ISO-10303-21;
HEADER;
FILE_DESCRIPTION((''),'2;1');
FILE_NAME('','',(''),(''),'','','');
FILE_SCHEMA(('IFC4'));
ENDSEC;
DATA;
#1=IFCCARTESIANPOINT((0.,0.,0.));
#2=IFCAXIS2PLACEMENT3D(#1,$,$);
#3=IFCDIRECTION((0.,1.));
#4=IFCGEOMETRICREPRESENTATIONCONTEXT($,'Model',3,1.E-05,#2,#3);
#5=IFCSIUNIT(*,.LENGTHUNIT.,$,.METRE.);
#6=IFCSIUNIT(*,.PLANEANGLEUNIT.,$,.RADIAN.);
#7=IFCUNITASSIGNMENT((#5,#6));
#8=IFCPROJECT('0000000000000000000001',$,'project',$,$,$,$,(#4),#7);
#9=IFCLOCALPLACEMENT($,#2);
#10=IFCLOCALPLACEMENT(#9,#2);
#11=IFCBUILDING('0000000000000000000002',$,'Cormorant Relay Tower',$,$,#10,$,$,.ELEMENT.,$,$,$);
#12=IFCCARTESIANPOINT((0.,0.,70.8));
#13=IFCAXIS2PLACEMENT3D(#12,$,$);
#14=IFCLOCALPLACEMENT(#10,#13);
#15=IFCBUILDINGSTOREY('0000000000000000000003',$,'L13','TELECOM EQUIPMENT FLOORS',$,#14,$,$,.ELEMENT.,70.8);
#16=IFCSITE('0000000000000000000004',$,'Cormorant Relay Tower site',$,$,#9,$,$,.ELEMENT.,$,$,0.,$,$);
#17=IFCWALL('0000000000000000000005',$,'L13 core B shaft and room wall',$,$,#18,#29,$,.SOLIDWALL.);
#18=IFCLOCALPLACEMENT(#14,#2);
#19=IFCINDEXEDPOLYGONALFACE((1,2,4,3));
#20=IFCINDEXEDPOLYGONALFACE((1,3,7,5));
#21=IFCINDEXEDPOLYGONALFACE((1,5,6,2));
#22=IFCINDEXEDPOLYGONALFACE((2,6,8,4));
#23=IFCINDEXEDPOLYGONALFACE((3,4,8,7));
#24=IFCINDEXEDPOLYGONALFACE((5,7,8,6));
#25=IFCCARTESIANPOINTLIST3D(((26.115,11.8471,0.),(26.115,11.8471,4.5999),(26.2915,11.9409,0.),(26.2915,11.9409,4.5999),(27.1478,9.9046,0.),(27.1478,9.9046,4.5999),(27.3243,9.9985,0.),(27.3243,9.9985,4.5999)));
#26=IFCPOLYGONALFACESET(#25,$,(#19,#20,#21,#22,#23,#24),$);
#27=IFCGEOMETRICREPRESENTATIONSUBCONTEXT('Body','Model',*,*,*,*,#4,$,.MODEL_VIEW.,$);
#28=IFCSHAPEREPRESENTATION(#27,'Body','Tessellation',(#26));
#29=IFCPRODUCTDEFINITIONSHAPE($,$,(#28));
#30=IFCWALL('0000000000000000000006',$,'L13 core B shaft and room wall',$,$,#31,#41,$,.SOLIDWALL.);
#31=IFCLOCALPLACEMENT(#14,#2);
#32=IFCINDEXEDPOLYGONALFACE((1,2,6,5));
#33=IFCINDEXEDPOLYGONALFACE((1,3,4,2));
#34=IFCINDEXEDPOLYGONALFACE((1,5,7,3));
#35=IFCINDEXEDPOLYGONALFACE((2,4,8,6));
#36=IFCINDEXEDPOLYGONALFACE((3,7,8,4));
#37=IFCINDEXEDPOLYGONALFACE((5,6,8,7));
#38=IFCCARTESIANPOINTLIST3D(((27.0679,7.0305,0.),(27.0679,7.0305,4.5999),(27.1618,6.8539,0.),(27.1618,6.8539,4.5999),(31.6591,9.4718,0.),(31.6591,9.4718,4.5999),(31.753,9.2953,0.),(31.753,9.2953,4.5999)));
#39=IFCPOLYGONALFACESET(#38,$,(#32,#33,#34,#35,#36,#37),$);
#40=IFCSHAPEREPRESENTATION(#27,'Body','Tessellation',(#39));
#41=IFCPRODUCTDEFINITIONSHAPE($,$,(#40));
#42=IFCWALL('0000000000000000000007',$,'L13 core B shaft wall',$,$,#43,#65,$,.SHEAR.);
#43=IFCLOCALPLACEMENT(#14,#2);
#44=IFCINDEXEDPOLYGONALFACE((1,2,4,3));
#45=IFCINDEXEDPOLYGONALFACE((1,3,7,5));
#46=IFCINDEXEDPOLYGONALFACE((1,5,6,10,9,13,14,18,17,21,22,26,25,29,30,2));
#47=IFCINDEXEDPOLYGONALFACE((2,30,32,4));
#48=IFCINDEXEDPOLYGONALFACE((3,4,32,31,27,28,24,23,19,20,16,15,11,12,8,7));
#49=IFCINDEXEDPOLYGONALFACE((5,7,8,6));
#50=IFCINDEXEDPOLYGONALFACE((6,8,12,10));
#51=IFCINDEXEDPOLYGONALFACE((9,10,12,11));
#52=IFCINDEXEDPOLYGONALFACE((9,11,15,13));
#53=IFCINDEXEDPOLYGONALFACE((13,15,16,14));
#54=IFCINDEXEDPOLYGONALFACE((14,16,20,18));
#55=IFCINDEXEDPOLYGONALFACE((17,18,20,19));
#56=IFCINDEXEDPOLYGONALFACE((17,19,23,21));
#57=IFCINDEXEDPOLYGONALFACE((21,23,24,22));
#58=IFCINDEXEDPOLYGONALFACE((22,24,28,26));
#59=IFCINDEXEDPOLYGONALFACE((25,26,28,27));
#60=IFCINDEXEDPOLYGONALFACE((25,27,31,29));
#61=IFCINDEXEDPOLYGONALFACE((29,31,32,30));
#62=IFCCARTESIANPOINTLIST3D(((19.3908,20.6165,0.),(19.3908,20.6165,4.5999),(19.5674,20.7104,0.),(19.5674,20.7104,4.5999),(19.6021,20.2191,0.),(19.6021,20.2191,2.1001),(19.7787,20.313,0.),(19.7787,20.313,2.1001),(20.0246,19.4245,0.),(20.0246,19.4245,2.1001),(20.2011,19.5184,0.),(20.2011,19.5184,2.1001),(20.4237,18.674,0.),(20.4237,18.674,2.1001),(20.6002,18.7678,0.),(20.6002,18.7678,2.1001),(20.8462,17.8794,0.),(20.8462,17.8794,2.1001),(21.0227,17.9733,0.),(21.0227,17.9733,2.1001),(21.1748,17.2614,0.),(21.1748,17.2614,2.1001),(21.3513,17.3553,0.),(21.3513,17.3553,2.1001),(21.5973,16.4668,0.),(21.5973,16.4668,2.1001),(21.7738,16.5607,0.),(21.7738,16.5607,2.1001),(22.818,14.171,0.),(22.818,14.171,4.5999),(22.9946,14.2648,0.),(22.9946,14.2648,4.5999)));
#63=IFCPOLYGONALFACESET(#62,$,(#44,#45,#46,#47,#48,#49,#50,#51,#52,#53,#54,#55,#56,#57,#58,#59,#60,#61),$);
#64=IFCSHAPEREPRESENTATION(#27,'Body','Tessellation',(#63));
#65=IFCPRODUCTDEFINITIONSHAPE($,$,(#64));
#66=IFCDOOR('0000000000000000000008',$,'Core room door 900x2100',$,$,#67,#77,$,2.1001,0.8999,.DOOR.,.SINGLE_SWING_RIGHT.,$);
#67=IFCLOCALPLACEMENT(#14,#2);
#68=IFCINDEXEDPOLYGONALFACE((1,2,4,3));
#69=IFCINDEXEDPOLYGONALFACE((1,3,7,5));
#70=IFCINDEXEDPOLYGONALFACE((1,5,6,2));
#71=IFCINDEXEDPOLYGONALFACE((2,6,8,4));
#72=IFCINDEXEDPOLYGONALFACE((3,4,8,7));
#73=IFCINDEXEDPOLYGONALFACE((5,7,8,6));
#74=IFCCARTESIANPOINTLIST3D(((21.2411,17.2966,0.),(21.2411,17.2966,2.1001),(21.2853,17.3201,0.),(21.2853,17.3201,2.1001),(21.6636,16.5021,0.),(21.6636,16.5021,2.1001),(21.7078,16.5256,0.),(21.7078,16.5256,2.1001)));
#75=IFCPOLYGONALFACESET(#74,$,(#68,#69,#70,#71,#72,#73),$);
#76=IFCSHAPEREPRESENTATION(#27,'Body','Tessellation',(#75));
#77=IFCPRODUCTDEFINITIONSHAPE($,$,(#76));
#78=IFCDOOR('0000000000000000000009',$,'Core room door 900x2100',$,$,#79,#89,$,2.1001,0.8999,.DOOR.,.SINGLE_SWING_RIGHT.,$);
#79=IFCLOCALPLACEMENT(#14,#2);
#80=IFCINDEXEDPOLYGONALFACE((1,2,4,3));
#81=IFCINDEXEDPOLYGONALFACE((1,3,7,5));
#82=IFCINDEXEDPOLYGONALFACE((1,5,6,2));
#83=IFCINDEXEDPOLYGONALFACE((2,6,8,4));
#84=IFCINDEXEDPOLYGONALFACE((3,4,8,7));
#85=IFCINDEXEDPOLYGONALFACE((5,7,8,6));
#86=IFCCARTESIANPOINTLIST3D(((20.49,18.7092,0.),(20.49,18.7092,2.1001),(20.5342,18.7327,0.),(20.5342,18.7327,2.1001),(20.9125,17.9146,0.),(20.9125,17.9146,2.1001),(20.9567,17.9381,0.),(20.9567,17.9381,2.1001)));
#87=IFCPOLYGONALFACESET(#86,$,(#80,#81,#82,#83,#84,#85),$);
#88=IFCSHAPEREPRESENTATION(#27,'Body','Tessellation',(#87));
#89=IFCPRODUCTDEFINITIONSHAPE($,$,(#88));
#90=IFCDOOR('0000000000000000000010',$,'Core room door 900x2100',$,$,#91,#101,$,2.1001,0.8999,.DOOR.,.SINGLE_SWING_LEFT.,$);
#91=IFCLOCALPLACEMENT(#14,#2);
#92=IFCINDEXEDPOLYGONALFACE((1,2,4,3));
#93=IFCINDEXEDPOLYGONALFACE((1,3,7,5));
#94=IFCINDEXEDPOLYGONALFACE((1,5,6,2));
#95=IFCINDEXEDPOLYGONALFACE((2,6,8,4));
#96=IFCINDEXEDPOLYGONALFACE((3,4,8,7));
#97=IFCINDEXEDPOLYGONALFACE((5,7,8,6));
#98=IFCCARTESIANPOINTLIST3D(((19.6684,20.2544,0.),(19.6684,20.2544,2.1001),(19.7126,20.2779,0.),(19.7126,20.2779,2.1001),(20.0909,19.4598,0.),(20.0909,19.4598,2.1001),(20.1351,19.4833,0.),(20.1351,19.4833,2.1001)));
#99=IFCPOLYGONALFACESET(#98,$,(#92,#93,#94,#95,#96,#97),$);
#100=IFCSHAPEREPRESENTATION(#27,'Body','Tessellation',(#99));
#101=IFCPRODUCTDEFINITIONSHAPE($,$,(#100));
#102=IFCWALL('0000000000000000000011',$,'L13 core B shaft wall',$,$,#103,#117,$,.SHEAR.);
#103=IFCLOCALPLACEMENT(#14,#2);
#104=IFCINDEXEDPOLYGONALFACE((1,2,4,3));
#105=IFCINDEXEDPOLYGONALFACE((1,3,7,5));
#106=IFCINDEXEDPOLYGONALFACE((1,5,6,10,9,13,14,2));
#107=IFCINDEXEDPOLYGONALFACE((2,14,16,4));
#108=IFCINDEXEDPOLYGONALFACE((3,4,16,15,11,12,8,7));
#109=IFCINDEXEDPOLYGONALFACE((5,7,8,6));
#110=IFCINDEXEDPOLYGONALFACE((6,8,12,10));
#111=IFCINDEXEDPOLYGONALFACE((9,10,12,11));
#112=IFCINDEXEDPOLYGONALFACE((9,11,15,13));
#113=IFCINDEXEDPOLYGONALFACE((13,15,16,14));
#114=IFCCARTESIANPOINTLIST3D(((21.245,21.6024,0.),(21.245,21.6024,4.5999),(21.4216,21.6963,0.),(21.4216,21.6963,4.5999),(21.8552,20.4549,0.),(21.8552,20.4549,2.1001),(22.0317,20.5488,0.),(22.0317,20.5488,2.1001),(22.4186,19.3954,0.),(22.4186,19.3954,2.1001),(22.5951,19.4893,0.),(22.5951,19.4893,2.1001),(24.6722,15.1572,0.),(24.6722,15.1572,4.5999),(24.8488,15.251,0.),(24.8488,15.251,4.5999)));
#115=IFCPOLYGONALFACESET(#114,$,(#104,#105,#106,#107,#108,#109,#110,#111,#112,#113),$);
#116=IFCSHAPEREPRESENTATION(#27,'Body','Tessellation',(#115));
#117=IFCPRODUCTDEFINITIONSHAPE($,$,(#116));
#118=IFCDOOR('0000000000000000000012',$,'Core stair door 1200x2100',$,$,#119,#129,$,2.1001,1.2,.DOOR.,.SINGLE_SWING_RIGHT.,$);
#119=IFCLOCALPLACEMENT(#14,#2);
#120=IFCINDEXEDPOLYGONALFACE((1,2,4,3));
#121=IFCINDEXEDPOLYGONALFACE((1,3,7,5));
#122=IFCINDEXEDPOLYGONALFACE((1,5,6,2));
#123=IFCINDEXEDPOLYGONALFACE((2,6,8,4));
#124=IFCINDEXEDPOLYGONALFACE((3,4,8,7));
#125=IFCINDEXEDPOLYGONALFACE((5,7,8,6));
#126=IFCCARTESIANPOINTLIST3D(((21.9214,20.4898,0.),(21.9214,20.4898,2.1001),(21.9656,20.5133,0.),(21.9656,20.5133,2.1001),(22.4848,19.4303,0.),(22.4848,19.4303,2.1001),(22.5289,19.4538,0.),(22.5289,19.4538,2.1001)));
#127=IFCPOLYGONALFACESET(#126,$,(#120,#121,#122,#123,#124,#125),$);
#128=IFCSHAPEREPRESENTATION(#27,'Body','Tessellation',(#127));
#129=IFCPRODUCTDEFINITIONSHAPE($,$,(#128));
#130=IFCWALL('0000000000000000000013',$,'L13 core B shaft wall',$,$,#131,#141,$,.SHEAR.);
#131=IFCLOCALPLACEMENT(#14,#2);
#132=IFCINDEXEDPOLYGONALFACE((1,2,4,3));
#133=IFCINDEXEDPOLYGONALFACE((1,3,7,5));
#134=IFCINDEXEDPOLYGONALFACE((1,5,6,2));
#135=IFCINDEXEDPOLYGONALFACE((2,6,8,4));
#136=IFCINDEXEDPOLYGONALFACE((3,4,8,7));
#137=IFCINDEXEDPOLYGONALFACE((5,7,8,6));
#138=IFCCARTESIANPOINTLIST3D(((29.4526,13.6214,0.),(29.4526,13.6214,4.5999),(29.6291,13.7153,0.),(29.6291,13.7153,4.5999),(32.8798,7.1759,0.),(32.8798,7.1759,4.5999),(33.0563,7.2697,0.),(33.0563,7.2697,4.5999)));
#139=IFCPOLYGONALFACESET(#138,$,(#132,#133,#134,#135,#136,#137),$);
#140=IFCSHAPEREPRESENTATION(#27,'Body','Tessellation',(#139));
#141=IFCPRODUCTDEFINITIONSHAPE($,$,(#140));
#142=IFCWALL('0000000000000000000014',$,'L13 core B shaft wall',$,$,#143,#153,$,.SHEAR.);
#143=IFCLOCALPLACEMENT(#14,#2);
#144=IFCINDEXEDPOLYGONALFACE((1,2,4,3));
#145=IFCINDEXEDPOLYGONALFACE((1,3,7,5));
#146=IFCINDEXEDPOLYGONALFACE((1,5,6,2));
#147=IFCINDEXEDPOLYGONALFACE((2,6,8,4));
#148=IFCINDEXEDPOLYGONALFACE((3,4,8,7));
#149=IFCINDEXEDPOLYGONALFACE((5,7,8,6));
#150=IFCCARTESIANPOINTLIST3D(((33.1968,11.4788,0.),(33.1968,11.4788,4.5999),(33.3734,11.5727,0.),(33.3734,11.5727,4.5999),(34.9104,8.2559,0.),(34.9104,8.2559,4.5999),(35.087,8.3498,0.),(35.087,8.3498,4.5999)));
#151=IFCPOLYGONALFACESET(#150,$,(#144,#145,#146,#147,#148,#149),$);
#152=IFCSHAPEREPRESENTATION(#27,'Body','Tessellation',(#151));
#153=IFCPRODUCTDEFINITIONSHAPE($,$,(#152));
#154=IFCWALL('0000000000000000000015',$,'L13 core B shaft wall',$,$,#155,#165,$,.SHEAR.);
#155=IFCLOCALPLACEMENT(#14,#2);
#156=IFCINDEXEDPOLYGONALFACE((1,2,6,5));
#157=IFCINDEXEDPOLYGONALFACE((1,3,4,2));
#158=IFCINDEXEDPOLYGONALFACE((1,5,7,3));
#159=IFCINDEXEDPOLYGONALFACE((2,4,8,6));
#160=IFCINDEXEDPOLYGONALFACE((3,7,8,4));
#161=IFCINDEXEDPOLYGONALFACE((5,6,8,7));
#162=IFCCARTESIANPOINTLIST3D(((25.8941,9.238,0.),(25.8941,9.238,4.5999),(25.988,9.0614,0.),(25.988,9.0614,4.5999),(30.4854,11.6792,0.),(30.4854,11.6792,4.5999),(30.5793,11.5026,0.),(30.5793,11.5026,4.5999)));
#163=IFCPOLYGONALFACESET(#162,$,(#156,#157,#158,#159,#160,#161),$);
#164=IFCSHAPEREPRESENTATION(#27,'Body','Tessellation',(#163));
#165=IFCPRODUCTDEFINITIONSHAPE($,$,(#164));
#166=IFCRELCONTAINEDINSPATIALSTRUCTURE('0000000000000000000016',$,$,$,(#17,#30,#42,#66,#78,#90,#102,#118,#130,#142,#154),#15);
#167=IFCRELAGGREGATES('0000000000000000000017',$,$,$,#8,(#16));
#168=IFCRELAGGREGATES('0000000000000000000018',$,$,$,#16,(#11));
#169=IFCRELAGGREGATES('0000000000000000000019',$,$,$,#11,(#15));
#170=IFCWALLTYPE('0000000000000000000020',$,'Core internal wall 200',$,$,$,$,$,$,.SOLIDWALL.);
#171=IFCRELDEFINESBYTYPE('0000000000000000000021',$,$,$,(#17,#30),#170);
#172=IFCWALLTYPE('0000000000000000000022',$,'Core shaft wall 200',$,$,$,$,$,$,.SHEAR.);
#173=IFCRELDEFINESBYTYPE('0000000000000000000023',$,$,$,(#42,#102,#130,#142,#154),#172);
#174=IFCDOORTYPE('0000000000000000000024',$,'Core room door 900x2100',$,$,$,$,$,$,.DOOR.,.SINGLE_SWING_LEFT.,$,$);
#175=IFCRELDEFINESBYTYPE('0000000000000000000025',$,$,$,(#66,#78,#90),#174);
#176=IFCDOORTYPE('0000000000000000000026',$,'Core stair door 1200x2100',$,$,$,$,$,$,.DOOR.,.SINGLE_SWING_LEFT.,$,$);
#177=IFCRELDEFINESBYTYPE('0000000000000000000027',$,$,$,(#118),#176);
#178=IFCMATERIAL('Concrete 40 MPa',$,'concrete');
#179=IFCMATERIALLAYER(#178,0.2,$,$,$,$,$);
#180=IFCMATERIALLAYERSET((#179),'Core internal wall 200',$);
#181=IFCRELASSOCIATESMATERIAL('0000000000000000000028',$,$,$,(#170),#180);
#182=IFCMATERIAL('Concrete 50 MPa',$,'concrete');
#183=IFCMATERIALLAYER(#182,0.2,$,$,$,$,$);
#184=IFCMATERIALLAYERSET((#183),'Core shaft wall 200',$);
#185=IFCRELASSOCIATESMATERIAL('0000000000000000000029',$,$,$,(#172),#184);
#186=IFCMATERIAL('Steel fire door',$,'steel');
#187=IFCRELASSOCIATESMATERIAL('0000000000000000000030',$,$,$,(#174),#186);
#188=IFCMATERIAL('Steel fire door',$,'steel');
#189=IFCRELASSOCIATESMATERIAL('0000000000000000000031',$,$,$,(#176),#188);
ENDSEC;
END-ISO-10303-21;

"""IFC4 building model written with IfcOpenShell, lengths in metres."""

from ifc_helpers import new_model, si_unit, direction, frame, frame_2d, origin, place, context, subcontext, project, spatial, rectangle, extrude, material, layer, layer_set, type_object, element, fill, save


model = new_model("IFC4")

# Units and contexts
model_context = context("Model", 3, precision=1e-05, world=origin(), true_north=direction((0.0, 1.0)))
body_context = subcontext(model_context, "Body", "Model", "MODEL_VIEW")
ifc_project = project(units=[si_unit("LENGTHUNIT", "METRE"), si_unit("PLANEANGLEUNIT", "RADIAN")], contexts=[model_context])

# Site, building, storey
site_placement = place(None, origin())
site = spatial("IfcSite", under=ifc_project, at=site_placement, Name="Cormorant Relay Tower site", CompositionType="ELEMENT", RefElevation=0.0)
building_placement = place(site_placement, origin())
building = spatial("IfcBuilding", under=site, at=building_placement, Name="Cormorant Relay Tower", CompositionType="ELEMENT")
storey_placement = place(building_placement, frame((0.0, 0.0, 70.8)))
storey = spatial("IfcBuildingStorey", under=building, at=storey_placement, Name="L13", Description="TELECOM EQUIPMENT FLOORS", CompositionType="ELEMENT", Elevation=70.8)

# Walls
ifc_material_1 = material(Name="Concrete 40 MPa", Category="concrete")
ifc_layer_1 = layer(ifc_material_1, 0.2)
ifc_layer_set_1 = layer_set([ifc_layer_1], Name="Core internal wall 200")
wall_type_1 = type_object("IfcWallType", Name="Core internal wall 200", PredefinedType="SOLIDWALL", material=ifc_layer_set_1)
wall_1_placement = place(storey_placement, frame((27.2361, 9.9514, 0.0), z_axis=(0.0, 0.0, 1.0), x_axis=(-0.469447, 0.88296, 0.0)))
element("IfcWall", 1, at=wall_1_placement, inside=storey, type_object=wall_type_1, Name="L13 core B shaft and room wall", PredefinedType="SOLIDWALL", context=body_context, shape_type="SweptSolid", body=[
    extrude(rectangle(XDim=2.2, YDim=0.2, at=frame_2d((1.1001, 0.0))), origin(), (0.0, 0.0, 1.0), 4.5999),
])
wall_2_placement = place(storey_placement, frame((27.1147, 6.9421, 0.0), z_axis=(0.0, 0.0, 1.0), x_axis=(0.882935, 0.469496, 0.0)))
element("IfcWall", 2, at=wall_2_placement, inside=storey, type_object=wall_type_1, Name="L13 core B shaft and room wall", PredefinedType="SOLIDWALL", context=body_context, shape_type="SweptSolid", body=[
    extrude(rectangle(XDim=5.2, YDim=0.2, at=frame_2d((2.6001, 0.0))), origin(), (0.0, 0.0, 1.0), 4.5999),
])

# Wall, openings, doors
ifc_material_2 = material(Name="Concrete 50 MPa", Category="concrete")
ifc_layer_2 = layer(ifc_material_2, 0.2)
ifc_layer_set_2 = layer_set([ifc_layer_2], Name="Core shaft wall 200")
wall_type_2 = type_object("IfcWallType", Name="Core shaft wall 200", PredefinedType="SHEAR", material=ifc_layer_set_2)
wall_3_placement = place(storey_placement, frame((22.9062, 14.218, 0.0), z_axis=(0.0, 0.0, 1.0), x_axis=(-0.46948, 0.882943, 0.0)))
wall_3 = element("IfcWall", 3, at=wall_3_placement, inside=storey, type_object=wall_type_2, Name="L13 core B shaft wall", PredefinedType="SHEAR", context=body_context, shape_type="SweptSolid", body=[
    extrude(rectangle(XDim=7.3, YDim=0.2, at=frame_2d((3.6499, 0.0))), origin(), (0.0, 0.0, 1.0), 4.5999),
])
opening_1_placement = place(wall_3_placement, frame((2.6001, 0.0, 0.0)))
opening_1 = element("IfcOpeningElement", 4, at=opening_1_placement, cuts=wall_3, PredefinedType="OPENING", context=body_context, shape_type="SweptSolid", body=[
    extrude(rectangle(XDim=0.8999, YDim=2.1001, at=frame_2d((0.45, 1.05))), frame((0.0, 0.1099, 0.0), z_axis=(0.0, -1.0, 0.0), x_axis=(1.0, 0.0, 0.0)), (0.0, 0.0, 1.0), 0.22),
])
opening_2_placement = place(wall_3_placement, frame((4.2, 0.0, 0.0)))
opening_2 = element("IfcOpeningElement", 5, at=opening_2_placement, cuts=wall_3, PredefinedType="OPENING", context=body_context, shape_type="SweptSolid", body=[
    extrude(rectangle(XDim=0.8999, YDim=2.1001, at=frame_2d((0.45, 1.05))), frame((0.0, 0.1099, 0.0), z_axis=(0.0, -1.0, 0.0), x_axis=(1.0, 0.0, 0.0)), (0.0, 0.0, 1.0), 0.22),
])
opening_3_placement = place(wall_3_placement, frame((5.95, 0.0, 0.0)))
opening_3 = element("IfcOpeningElement", 6, at=opening_3_placement, cuts=wall_3, PredefinedType="OPENING", context=body_context, shape_type="SweptSolid", body=[
    extrude(rectangle(XDim=0.8999, YDim=2.1001, at=frame_2d((0.45, 1.05))), frame((0.0, 0.1099, 0.0), z_axis=(0.0, -1.0, 0.0), x_axis=(1.0, 0.0, 0.0)), (0.0, 0.0, 1.0), 0.22),
])
ifc_material_3 = material(Name="Steel fire door", Category="steel")
door_type_1 = type_object("IfcDoorType", Name="Core room door 900x2100", OperationType="SINGLE_SWING_LEFT", PredefinedType="DOOR", material=ifc_material_3)
door_1_placement = place(opening_1_placement, origin())
door_1 = element("IfcDoor", 7, at=door_1_placement, inside=storey, type_object=door_type_1, Name="Core room door 900x2100", OperationType="SINGLE_SWING_RIGHT", OverallHeight=2.1001, OverallWidth=0.8999, PredefinedType="DOOR", context=body_context, shape_type="SweptSolid", body=[
    extrude(rectangle(XDim=0.8999, YDim=2.1001, at=frame_2d((0.45, 1.05))), frame((0.0, 0.0249, 0.0), z_axis=(0.0, -1.0, 0.0), x_axis=(1.0, 0.0, 0.0)), (0.0, 0.0, 1.0), 0.05),
])
fill(opening_1, door_1)
door_2_placement = place(opening_2_placement, origin())
door_2 = element("IfcDoor", 8, at=door_2_placement, inside=storey, type_object=door_type_1, Name="Core room door 900x2100", OperationType="SINGLE_SWING_RIGHT", OverallHeight=2.1001, OverallWidth=0.8999, PredefinedType="DOOR", context=body_context, shape_type="SweptSolid", body=[
    extrude(rectangle(XDim=0.8999, YDim=2.1001, at=frame_2d((0.45, 1.05))), frame((0.0, 0.0249, 0.0), z_axis=(0.0, -1.0, 0.0), x_axis=(1.0, 0.0, 0.0)), (0.0, 0.0, 1.0), 0.05),
])
fill(opening_2, door_2)
door_3_placement = place(opening_3_placement, origin())
door_3 = element("IfcDoor", 9, at=door_3_placement, inside=storey, type_object=door_type_1, Name="Core room door 900x2100", OperationType="SINGLE_SWING_LEFT", OverallHeight=2.1001, OverallWidth=0.8999, PredefinedType="DOOR", context=body_context, shape_type="SweptSolid", body=[
    extrude(rectangle(XDim=0.8999, YDim=2.1001, at=frame_2d((0.45, 1.05))), frame((0.0, 0.0249, 0.0), z_axis=(0.0, -1.0, 0.0), x_axis=(1.0, 0.0, 0.0)), (0.0, 0.0, 1.0), 0.05),
])
fill(opening_3, door_3)

# Wall, opening, door
wall_4_placement = place(storey_placement, frame((24.7605, 15.2041, 0.0), z_axis=(0.0, 0.0, 1.0), x_axis=(-0.469494, 0.882936, 0.0)))
wall_4 = element("IfcWall", 10, at=wall_4_placement, inside=storey, type_object=wall_type_2, Name="L13 core B shaft wall", PredefinedType="SHEAR", context=body_context, shape_type="SweptSolid", body=[
    extrude(rectangle(XDim=7.2998, YDim=0.2, at=frame_2d((3.6499, 0.0))), origin(), (0.0, 0.0, 1.0), 4.5999),
])
opening_4_placement = place(wall_4_placement, frame((4.8, 0.0, 0.0)))
opening_4 = element("IfcOpeningElement", 11, at=opening_4_placement, cuts=wall_4, PredefinedType="OPENING", context=body_context, shape_type="SweptSolid", body=[
    extrude(rectangle(XDim=1.2, YDim=2.1001, at=frame_2d((0.6001, 1.05))), frame((0.0, 0.1099, 0.0), z_axis=(0.0, -1.0, 0.0), x_axis=(1.0, 0.0, 0.0)), (0.0, 0.0, 1.0), 0.22),
])
ifc_material_4 = material(Name="Steel fire door", Category="steel")
door_type_2 = type_object("IfcDoorType", Name="Core stair door 1200x2100", OperationType="SINGLE_SWING_LEFT", PredefinedType="DOOR", material=ifc_material_4)
door_4_placement = place(opening_4_placement, frame((1.2, 0.0, 0.0), z_axis=(0.0, 0.0, 1.0), x_axis=(-1.0, 0.0, 0.0)))
door_4 = element("IfcDoor", 12, at=door_4_placement, inside=storey, type_object=door_type_2, Name="Core stair door 1200x2100", OperationType="SINGLE_SWING_RIGHT", OverallHeight=2.1001, OverallWidth=1.2, PredefinedType="DOOR", context=body_context, shape_type="SweptSolid", body=[
    extrude(rectangle(XDim=1.2, YDim=2.1001, at=frame_2d((0.6001, 1.05))), frame((0.0, 0.0249, 0.0), z_axis=(0.0, -1.0, 0.0), x_axis=(1.0, 0.0, 0.0)), (0.0, 0.0, 1.0), 0.05),
])
fill(opening_4, door_4)

# Walls
wall_5_placement = place(storey_placement, frame((32.968, 7.2229, 0.0), z_axis=(0.0, 0.0, 1.0), x_axis=(-0.46948, 0.882943, 0.0)))
element("IfcWall", 13, at=wall_5_placement, inside=storey, type_object=wall_type_2, Name="L13 core B shaft wall", PredefinedType="SHEAR", context=body_context, shape_type="SweptSolid", body=[
    extrude(rectangle(XDim=7.3, YDim=0.2, at=frame_2d((3.6499, 0.0))), origin(), (0.0, 0.0, 1.0), 4.5999),
])
wall_6_placement = place(storey_placement, frame((34.9988, 8.3027, 0.0), z_axis=(0.0, 0.0, 1.0), x_axis=(-0.469467, 0.88295, 0.0)))
element("IfcWall", 14, at=wall_6_placement, inside=storey, type_object=wall_type_2, Name="L13 core B shaft wall", PredefinedType="SHEAR", context=body_context, shape_type="SweptSolid", body=[
    extrude(rectangle(XDim=3.6501, YDim=0.2, at=frame_2d((1.8252, 0.0))), origin(), (0.0, 0.0, 1.0), 4.5999),
])

# Wall
wall_7_placement = place(storey_placement, frame((25.9409, 9.1497, 0.0), z_axis=(0.0, 0.0, 1.0), x_axis=(0.882954, 0.46946, 0.0)))
element("IfcWall", 15, at=wall_7_placement, inside=storey, type_object=wall_type_2, Name="L13 core B shaft wall", PredefinedType="SHEAR", context=body_context, shape_type="SweptSolid", body=[
    extrude(rectangle(XDim=5.2, YDim=0.2, at=frame_2d((2.6001, 0.0))), origin(), (0.0, 0.0, 1.0), 4.5999),
])

save(model, "model.ifc")
